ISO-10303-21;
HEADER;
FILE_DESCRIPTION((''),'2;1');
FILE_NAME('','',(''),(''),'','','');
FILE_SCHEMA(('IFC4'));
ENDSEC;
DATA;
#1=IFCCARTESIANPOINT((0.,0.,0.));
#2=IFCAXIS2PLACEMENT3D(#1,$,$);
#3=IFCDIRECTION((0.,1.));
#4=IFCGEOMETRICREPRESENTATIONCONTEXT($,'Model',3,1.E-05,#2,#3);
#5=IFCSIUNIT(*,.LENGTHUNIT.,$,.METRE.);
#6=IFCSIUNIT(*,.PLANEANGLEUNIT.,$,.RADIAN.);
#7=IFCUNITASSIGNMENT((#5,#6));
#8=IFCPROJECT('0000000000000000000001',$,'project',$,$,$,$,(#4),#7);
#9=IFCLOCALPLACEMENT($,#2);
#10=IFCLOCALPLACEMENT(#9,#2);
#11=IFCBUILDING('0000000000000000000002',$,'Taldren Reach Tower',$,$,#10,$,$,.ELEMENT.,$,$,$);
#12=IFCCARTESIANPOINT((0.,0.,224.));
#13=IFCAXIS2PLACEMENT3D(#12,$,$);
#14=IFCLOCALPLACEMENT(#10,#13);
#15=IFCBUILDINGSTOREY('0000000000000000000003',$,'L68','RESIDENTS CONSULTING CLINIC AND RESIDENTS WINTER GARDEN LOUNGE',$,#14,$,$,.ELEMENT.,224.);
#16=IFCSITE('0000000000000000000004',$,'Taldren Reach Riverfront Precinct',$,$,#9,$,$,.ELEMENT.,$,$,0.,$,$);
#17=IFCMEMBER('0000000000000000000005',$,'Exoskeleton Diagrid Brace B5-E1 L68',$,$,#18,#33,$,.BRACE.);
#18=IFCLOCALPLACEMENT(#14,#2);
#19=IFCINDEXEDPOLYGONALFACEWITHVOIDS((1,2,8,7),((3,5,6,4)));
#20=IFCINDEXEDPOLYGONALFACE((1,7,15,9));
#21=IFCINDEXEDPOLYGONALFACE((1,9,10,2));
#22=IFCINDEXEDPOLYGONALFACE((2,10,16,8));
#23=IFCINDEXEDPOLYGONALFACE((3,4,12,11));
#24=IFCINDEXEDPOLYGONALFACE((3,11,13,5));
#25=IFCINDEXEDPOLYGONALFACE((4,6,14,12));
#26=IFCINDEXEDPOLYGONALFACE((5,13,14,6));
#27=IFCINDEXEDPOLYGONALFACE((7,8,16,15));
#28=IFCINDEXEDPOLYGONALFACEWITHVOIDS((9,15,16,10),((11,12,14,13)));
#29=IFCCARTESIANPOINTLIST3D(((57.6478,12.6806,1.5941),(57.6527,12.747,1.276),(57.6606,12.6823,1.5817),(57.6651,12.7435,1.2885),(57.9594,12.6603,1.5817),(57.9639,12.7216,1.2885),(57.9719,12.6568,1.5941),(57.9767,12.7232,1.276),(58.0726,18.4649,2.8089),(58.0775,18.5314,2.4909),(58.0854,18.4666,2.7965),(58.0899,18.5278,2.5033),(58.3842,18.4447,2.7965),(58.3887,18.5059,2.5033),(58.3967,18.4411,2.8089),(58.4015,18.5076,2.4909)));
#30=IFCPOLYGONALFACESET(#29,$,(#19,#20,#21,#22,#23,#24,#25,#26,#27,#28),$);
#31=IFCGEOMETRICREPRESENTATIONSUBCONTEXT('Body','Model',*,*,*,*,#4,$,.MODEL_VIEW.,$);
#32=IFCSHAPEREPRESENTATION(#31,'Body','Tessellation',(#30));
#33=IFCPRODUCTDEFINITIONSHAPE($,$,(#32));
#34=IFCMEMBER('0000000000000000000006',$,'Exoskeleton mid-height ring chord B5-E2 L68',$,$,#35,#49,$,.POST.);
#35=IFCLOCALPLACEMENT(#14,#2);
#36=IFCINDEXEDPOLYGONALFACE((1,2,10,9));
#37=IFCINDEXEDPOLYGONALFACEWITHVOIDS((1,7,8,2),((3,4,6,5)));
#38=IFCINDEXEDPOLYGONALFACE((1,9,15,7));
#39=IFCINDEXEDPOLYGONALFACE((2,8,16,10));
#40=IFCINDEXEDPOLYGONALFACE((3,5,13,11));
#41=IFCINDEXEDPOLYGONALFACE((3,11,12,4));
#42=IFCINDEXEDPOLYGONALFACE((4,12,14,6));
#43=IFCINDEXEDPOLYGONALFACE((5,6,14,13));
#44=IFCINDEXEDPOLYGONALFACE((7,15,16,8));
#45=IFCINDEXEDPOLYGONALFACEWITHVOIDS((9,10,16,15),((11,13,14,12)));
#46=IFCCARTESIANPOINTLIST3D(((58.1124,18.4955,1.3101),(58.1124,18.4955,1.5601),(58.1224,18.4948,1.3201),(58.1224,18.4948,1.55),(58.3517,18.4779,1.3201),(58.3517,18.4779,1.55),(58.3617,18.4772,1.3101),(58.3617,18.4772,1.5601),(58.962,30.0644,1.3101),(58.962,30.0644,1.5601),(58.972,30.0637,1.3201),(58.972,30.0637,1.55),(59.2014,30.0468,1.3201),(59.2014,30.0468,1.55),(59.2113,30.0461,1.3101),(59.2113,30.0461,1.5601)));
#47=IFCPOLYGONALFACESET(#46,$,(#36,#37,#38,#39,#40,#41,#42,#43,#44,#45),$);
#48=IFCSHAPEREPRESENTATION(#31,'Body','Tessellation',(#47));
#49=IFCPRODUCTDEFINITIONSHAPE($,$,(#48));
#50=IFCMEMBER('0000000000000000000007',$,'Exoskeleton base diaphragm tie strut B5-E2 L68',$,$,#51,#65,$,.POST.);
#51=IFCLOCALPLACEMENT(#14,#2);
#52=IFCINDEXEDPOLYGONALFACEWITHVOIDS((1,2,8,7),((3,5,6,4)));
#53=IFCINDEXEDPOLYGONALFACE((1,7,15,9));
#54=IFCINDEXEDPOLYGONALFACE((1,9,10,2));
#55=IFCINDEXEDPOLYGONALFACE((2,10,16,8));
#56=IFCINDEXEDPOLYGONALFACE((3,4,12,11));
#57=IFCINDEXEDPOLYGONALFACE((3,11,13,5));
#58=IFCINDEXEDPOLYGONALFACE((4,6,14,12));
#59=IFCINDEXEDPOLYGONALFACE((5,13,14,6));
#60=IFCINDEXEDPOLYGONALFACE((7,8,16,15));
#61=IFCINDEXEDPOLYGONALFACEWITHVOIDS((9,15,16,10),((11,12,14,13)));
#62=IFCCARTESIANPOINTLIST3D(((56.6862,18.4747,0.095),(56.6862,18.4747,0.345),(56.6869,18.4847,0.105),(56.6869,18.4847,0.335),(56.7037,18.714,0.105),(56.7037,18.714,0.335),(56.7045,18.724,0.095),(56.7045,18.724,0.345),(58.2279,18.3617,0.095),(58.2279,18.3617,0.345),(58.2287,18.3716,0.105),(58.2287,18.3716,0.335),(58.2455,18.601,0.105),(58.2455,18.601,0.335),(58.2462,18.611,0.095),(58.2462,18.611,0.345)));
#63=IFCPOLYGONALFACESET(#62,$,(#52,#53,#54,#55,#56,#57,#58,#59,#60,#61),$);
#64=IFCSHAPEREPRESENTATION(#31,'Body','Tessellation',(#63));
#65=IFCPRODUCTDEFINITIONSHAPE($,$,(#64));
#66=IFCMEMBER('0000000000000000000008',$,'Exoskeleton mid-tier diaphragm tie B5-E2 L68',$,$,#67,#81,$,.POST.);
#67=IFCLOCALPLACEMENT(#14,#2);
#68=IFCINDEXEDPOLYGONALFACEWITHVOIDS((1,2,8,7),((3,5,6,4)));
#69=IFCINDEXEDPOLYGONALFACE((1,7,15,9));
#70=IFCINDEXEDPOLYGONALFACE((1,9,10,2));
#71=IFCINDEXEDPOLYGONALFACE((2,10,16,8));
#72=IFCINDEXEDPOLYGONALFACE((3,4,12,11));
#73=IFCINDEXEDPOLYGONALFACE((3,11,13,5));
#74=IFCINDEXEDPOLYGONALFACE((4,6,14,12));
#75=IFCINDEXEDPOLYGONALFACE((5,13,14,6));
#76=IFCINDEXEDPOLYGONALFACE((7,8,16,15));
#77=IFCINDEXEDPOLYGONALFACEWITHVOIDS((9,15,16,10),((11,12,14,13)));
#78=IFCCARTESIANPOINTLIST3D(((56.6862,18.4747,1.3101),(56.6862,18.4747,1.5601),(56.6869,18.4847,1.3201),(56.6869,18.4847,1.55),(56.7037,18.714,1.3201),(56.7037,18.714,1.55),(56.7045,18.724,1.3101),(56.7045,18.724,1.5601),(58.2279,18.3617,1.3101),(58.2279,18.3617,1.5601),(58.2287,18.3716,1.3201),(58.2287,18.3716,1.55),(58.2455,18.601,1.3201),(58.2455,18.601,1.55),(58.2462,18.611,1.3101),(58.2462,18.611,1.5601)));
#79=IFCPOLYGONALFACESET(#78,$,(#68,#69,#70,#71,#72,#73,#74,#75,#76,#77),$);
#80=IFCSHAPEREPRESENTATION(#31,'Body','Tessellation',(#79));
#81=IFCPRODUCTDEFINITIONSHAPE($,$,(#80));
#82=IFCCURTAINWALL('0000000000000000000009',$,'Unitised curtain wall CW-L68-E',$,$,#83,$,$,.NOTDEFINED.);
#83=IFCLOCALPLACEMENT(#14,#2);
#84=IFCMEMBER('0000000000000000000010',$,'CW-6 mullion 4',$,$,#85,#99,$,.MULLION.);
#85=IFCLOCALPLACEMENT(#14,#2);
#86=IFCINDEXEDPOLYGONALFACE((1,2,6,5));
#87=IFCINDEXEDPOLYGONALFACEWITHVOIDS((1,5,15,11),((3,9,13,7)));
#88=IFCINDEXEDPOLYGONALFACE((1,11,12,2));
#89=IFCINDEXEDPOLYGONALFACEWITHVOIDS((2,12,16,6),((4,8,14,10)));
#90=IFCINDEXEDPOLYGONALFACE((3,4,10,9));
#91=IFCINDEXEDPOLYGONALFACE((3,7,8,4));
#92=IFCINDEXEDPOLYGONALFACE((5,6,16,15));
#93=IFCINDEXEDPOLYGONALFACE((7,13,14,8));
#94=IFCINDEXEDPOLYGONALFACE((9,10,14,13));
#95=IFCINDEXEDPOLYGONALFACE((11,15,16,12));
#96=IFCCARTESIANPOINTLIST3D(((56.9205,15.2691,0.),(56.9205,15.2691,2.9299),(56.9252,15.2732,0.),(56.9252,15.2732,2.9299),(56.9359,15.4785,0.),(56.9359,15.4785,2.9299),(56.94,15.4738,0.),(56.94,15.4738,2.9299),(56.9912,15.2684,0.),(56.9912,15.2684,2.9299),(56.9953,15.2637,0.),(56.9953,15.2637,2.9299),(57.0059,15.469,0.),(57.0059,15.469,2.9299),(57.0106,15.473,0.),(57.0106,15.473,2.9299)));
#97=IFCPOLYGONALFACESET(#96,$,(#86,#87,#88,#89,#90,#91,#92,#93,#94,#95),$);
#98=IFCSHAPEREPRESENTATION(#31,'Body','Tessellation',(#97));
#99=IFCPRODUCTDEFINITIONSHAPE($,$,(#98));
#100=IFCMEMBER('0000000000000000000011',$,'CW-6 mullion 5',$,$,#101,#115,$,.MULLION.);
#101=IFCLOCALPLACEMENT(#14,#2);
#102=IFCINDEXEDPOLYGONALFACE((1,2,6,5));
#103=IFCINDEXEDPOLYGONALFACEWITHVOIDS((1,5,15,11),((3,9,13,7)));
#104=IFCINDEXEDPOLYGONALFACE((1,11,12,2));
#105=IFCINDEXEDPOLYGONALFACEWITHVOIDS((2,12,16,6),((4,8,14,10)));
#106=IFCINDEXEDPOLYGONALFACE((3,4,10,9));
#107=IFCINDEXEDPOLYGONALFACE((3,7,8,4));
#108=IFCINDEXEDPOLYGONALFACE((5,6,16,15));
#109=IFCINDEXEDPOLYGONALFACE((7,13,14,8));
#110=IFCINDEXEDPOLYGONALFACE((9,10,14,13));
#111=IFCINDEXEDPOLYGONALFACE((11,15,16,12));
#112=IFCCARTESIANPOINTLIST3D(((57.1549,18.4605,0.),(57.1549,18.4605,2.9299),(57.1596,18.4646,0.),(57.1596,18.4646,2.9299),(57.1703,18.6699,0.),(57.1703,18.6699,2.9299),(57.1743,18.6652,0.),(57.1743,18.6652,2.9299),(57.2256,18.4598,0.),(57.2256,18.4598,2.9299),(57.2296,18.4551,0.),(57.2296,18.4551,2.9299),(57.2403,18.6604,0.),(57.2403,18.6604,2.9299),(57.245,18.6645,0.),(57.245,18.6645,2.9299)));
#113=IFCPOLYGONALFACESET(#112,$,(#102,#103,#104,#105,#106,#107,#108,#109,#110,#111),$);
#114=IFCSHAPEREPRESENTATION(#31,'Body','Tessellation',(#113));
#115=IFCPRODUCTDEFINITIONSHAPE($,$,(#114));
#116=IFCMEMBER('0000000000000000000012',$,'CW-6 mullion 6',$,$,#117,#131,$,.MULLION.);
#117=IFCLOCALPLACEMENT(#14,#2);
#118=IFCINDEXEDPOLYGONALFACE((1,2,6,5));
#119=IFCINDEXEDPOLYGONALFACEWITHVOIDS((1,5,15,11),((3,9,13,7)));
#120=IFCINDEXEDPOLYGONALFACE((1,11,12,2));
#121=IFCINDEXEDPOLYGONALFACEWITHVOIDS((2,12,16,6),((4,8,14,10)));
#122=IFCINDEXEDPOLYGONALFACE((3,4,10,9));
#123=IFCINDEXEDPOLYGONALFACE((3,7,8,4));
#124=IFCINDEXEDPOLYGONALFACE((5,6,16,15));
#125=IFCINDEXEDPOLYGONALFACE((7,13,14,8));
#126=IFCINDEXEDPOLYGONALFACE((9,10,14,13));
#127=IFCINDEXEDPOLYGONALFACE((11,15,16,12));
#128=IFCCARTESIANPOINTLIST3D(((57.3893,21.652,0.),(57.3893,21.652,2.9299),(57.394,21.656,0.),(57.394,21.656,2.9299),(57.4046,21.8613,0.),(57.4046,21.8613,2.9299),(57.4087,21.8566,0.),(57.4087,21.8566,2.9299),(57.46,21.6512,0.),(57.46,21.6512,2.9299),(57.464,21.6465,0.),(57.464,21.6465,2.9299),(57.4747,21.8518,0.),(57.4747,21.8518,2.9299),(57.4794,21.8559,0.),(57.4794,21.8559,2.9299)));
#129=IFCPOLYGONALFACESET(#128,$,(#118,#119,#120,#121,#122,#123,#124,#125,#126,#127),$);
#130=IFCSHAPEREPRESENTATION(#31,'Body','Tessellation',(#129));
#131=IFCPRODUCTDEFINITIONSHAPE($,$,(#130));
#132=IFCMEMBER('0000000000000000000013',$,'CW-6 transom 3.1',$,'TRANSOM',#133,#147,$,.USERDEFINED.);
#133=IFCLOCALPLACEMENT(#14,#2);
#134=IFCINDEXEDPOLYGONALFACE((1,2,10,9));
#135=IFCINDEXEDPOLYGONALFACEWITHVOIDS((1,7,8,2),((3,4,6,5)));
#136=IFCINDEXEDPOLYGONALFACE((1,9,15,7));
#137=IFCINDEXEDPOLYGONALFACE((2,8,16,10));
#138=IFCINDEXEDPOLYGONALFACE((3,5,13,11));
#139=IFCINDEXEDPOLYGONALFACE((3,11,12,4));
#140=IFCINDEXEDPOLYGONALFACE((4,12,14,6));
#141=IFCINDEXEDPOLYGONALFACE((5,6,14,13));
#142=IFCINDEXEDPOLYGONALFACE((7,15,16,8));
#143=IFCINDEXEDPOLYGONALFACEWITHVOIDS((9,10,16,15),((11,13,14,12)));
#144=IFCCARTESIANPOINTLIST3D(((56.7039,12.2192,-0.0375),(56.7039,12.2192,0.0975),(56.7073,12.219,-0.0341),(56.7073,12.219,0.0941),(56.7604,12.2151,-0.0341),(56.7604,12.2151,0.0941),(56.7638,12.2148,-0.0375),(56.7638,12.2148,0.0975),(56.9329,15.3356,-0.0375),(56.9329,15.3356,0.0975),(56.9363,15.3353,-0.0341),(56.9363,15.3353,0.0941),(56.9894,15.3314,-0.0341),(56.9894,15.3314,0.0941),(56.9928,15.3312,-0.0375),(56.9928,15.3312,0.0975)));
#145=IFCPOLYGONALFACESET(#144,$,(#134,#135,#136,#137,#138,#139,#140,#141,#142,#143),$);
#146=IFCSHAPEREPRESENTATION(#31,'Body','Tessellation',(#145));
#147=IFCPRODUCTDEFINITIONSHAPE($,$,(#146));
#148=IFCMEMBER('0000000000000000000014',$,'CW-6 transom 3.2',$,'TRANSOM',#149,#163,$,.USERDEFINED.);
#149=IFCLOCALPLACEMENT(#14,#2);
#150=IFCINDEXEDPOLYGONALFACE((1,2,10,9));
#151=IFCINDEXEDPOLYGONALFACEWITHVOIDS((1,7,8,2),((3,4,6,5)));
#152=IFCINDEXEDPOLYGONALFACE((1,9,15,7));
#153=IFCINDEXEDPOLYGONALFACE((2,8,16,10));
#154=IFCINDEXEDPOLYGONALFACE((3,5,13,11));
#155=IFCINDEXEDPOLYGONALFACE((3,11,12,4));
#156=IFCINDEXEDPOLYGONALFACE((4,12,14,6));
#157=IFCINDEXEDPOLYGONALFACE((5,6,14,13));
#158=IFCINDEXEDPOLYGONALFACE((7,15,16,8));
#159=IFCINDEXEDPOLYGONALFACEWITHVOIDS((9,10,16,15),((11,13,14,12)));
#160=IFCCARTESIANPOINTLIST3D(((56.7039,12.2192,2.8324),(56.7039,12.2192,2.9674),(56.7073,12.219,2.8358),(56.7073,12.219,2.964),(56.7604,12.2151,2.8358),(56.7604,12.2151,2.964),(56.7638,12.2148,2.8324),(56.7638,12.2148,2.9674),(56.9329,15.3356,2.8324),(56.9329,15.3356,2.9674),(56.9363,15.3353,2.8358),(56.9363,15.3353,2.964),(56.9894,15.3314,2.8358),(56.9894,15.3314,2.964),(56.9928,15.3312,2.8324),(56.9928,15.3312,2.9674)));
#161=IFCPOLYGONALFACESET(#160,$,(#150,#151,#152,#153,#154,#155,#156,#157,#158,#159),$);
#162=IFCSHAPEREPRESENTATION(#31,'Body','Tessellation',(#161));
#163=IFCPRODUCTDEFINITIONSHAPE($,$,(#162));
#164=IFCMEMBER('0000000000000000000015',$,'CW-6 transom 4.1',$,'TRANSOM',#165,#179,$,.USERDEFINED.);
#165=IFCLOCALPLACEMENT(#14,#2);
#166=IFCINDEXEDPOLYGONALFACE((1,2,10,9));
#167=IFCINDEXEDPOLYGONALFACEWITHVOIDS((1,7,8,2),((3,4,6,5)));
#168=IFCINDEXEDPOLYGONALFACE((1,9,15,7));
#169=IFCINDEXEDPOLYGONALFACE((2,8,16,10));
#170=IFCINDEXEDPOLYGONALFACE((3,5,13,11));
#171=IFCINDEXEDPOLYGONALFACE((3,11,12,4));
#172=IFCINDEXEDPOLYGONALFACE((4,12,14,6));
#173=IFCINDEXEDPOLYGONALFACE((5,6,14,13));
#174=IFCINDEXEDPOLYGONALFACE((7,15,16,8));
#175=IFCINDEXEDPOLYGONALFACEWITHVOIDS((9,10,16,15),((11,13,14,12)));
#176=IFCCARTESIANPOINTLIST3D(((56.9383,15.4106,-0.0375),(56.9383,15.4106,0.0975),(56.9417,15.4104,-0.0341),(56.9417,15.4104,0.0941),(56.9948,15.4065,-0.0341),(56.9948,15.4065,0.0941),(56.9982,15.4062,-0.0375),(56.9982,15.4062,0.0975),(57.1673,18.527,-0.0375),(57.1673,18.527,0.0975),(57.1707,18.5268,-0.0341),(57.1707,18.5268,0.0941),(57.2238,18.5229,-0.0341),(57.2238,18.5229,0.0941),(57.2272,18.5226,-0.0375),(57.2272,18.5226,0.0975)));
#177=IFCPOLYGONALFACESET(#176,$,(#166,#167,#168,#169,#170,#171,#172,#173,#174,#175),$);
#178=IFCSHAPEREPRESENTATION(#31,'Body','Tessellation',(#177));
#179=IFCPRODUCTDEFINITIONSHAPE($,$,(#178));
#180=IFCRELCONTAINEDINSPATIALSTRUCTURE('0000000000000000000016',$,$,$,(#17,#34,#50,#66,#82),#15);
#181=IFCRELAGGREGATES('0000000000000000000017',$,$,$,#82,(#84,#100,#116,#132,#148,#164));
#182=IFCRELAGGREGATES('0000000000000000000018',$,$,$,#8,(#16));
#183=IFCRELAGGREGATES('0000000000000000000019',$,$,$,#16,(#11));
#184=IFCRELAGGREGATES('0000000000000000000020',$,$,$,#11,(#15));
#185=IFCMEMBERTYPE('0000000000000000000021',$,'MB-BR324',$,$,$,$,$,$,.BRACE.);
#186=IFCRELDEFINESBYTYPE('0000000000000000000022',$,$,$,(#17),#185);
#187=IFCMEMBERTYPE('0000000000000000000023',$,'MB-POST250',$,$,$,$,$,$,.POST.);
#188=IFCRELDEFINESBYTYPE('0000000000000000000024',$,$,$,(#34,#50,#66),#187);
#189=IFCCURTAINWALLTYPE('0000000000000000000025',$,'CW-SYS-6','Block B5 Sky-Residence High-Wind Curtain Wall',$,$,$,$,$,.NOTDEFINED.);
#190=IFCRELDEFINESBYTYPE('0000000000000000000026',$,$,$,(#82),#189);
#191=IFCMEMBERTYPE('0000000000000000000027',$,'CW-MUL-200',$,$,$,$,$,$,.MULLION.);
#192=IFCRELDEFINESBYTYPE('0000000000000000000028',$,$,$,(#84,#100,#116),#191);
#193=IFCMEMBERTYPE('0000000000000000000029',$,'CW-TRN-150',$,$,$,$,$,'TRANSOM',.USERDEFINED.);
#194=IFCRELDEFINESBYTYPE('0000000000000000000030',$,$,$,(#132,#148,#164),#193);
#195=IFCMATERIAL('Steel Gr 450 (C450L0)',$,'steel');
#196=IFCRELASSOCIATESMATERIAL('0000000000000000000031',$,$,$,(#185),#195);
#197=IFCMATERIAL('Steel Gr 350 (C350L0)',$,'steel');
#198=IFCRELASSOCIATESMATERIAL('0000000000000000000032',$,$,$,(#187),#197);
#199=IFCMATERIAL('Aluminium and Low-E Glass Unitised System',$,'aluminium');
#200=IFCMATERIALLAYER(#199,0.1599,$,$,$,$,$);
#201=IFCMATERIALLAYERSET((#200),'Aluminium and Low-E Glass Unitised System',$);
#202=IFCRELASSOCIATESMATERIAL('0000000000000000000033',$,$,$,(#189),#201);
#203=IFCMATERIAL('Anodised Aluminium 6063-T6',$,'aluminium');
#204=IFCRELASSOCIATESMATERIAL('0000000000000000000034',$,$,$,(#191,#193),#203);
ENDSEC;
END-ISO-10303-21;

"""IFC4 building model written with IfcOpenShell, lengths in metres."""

from ifc_helpers import new_model, si_unit, direction, frame, origin, origin_2d, place, context, subcontext, project, spatial, hollow_rectangle, extrude, source, transform, mapped, material, layer, layer_set, material_profile, profile_set, type_object, element, aggregate, save


model = new_model("IFC4")

# Units and contexts
model_context = context("Model", 3, precision=1e-05, world=origin(), true_north=direction((0.0, 1.0)))
body_context = subcontext(model_context, "Body", "Model", "MODEL_VIEW")
ifc_project = project(units=[si_unit("LENGTHUNIT", "METRE"), si_unit("PLANEANGLEUNIT", "RADIAN")], contexts=[model_context])

# Site, building, storey
site_placement = place(None, origin())
site = spatial("IfcSite", under=ifc_project, at=site_placement, Name="Taldren Reach Riverfront Precinct", CompositionType="ELEMENT", RefElevation=0.0)
building_placement = place(site_placement, origin())
building = spatial("IfcBuilding", under=site, at=building_placement, Name="Taldren Reach Tower", CompositionType="ELEMENT")
storey_placement = place(building_placement, frame((0.0, 0.0, 224.0)))
storey = spatial("IfcBuildingStorey", under=building, at=storey_placement, Name="L68", Description="RESIDENTS CONSULTING CLINIC AND RESIDENTS WINTER GARDEN LOUNGE", CompositionType="ELEMENT", Elevation=224.0)

# Shared definitions
ifc_material_1 = material(Name="Steel Gr 450 (C450L0)", Category="steel")

# Members
ifc_material_profile_1 = material_profile(ifc_material_1, hollow_rectangle(XDim=0.325, YDim=0.325, WallThickness=0.0127, at=origin_2d()), Name="325x325x12.7SHS")
ifc_profile_set_1 = profile_set([ifc_material_profile_1], Name="Steel Gr 450 (C450L0)")
member_type_1 = type_object("IfcMemberType", Name="MB-BR324", PredefinedType="BRACE", material=ifc_profile_set_1)
shared_shape_1 = source(origin(), body_context, "Body", "SweptSolid", [
    extrude(hollow_rectangle(XDim=0.325, YDim=0.325, WallThickness=0.0127, at=origin_2d()), origin(), (0.0, 0.0, 1.0), 5.9258),
])
member_1_placement = place(storey_placement, frame((57.8123, 12.7019, 1.4351), z_axis=(0.071687, 0.976132, 0.205007), x_axis=(-0.997314, 0.073242, 0.0)))
element("IfcMember", 1, at=member_1_placement, inside=storey, type_object=member_type_1, Name="Exoskeleton Diagrid Brace B5-E1 L68", PredefinedType="BRACE", context=body_context, shape_type="MappedRepresentation", body=[
    mapped(shared_shape_1, transform((0.0, 0.0, 0.0), scale=1.0)),
])
ifc_material_2 = material(Name="Steel Gr 350 (C350L0)", Category="steel")
ifc_material_profile_2 = material_profile(ifc_material_2, hollow_rectangle(XDim=0.25, YDim=0.25, WallThickness=0.01, at=origin_2d()), Name="250x250x10.0SHS")
ifc_profile_set_2 = profile_set([ifc_material_profile_2], Name="Steel Gr 350 (C350L0)")
member_type_2 = type_object("IfcMemberType", Name="MB-POST250", PredefinedType="POST", material=ifc_profile_set_2)
shared_shape_2 = source(origin(), body_context, "Body", "SweptSolid", [
    extrude(hollow_rectangle(XDim=0.25, YDim=0.25, WallThickness=0.01, at=origin_2d()), origin(), (0.0, 0.0, 1.0), 11.6001),
])
member_2_placement = place(storey_placement, frame((58.2371, 18.4863, 1.4351), z_axis=(0.073242, 0.997314, 0.0), x_axis=(-0.997314, 0.073242, 0.0)))
element("IfcMember", 2, at=member_2_placement, inside=storey, type_object=member_type_2, Name="Exoskeleton mid-height ring chord B5-E2 L68", PredefinedType="POST", context=body_context, shape_type="MappedRepresentation", body=[
    mapped(shared_shape_2, transform((0.0, 0.0, 0.0), scale=1.0)),
])
shared_shape_3 = source(origin(), body_context, "Body", "SweptSolid", [
    extrude(hollow_rectangle(XDim=0.25, YDim=0.25, WallThickness=0.01, at=origin_2d()), origin(), (0.0, 0.0, 1.0), 1.5459),
])
for number, where, z_axis, x_axis, name in (
    (3, (56.6953, 18.5994, 0.22), (0.997323, -0.073121, 0.0), (0.073121, 0.997323, 0.0), "Exoskeleton base diaphragm tie strut B5-E2 L68"),
    (4, (56.6953, 18.5994, 1.4351), (0.997323, -0.073121, 0.0), (0.073121, 0.997323, 0.0), "Exoskeleton mid-tier diaphragm tie B5-E2 L68"),
):
    element("IfcMember", number, at=place(storey_placement, frame(where, z_axis=z_axis, x_axis=x_axis)), inside=storey, type_object=member_type_2, Name=name, PredefinedType="POST", context=body_context, shape_type="MappedRepresentation", body=[
        mapped(shared_shape_3, transform((0.0, 0.0, 0.0), scale=1.0)),
    ])

# Curtain wall, members
ifc_material_3 = material(Name="Aluminium and Low-E Glass Unitised System", Category="aluminium")
ifc_layer_1 = layer(ifc_material_3, 0.1599)
ifc_layer_set_1 = layer_set([ifc_layer_1], Name="Aluminium and Low-E Glass Unitised System")
curtain_wall_type = type_object("IfcCurtainWallType", Name="CW-SYS-6", Description="Block B5 Sky-Residence High-Wind Curtain Wall", PredefinedType="NOTDEFINED", material=ifc_layer_set_1)
curtain_wall_placement = place(storey_placement, origin())
curtain_wall = element("IfcCurtainWall", 5, at=curtain_wall_placement, inside=storey, type_object=curtain_wall_type, Name="Unitised curtain wall CW-L68-E", PredefinedType="NOTDEFINED")
ifc_material_4 = material(Name="Anodised Aluminium 6063-T6", Category="aluminium")
ifc_material_profile_3 = material_profile(ifc_material_4, hollow_rectangle(XDim=0.075, YDim=0.21, WallThickness=0.0044, at=origin_2d()), Name="ALU-210x75x4.5RHS")
ifc_profile_set_3 = profile_set([ifc_material_profile_3], Name="Anodised Aluminium 6063-T6")
member_type_3 = type_object("IfcMemberType", Name="CW-MUL-200", PredefinedType="MULLION", material=ifc_profile_set_3)
shared_shape_4 = source(origin(), body_context, "Body", "SweptSolid", [
    extrude(hollow_rectangle(XDim=0.075, YDim=0.21, WallThickness=0.0044, at=origin_2d()), origin(), (0.0, 0.0, 1.0), 2.9299),
])
member_3_placement = place(storey_placement, frame((56.9656, 15.3711, 0.0), z_axis=(0.0, 0.0, 1.0), x_axis=(-0.997314, 0.073238, 0.0)))
member_3 = element("IfcMember", 6, at=member_3_placement, type_object=member_type_3, Name="CW-6 mullion 4", PredefinedType="MULLION", context=body_context, shape_type="MappedRepresentation", body=[
    mapped(shared_shape_4, transform((0.0, 0.0, 0.0), scale=1.0)),
])
member_4_placement = place(storey_placement, frame((57.2, 18.5625, 0.0), z_axis=(0.0, 0.0, 1.0), x_axis=(-0.997314, 0.073238, 0.0)))
member_4 = element("IfcMember", 7, at=member_4_placement, type_object=member_type_3, Name="CW-6 mullion 5", PredefinedType="MULLION", context=body_context, shape_type="MappedRepresentation", body=[
    mapped(shared_shape_4, transform((0.0, 0.0, 0.0), scale=1.0)),
])
member_5_placement = place(storey_placement, frame((57.4343, 21.7539, 0.0), z_axis=(0.0, 0.0, 1.0), x_axis=(-0.997314, 0.073238, 0.0)))
member_5 = element("IfcMember", 8, at=member_5_placement, type_object=member_type_3, Name="CW-6 mullion 6", PredefinedType="MULLION", context=body_context, shape_type="MappedRepresentation", body=[
    mapped(shared_shape_4, transform((0.0, 0.0, 0.0), scale=1.0)),
])
ifc_material_profile_4 = material_profile(ifc_material_4, hollow_rectangle(XDim=0.0601, YDim=0.135, WallThickness=0.0034, at=origin_2d()), Name="ALU-135x60x3.5RHS")
ifc_profile_set_4 = profile_set([ifc_material_profile_4], Name="Anodised Aluminium 6063-T6")
member_type_4 = type_object("IfcMemberType", Name="CW-TRN-150", ElementType="TRANSOM", PredefinedType="USERDEFINED", material=ifc_profile_set_4)
shared_shape_5 = source(origin(), body_context, "Body", "SweptSolid", [
    extrude(hollow_rectangle(XDim=0.0601, YDim=0.135, WallThickness=0.0034, at=origin_2d()), origin(), (0.0, 0.0, 1.0), 3.1248),
])
member_6_placement = place(storey_placement, frame((56.7339, 12.217, 0.03), z_axis=(0.073285, 0.997311, 0.0), x_axis=(-0.997311, 0.073285, 0.0)))
member_6 = element("IfcMember", 9, at=member_6_placement, type_object=member_type_4, Name="CW-6 transom 3.1", ObjectType="TRANSOM", PredefinedType="USERDEFINED", context=body_context, shape_type="MappedRepresentation", body=[
    mapped(shared_shape_5, transform((0.0, 0.0, 0.0), scale=1.0)),
])
member_7_placement = place(storey_placement, frame((56.7339, 12.217, 2.8999), z_axis=(0.073285, 0.997311, 0.0), x_axis=(-0.997311, 0.073285, 0.0)))
member_7 = element("IfcMember", 10, at=member_7_placement, type_object=member_type_4, Name="CW-6 transom 3.2", ObjectType="TRANSOM", PredefinedType="USERDEFINED", context=body_context, shape_type="MappedRepresentation", body=[
    mapped(shared_shape_5, transform((0.0, 0.0, 0.0), scale=1.0)),
])
member_8_placement = place(storey_placement, frame((56.9683, 15.4084, 0.03), z_axis=(0.073285, 0.997311, 0.0), x_axis=(-0.997311, 0.073285, 0.0)))
member_8 = element("IfcMember", 11, at=member_8_placement, type_object=member_type_4, Name="CW-6 transom 4.1", ObjectType="TRANSOM", PredefinedType="USERDEFINED", context=body_context, shape_type="MappedRepresentation", body=[
    mapped(shared_shape_5, transform((0.0, 0.0, 0.0), scale=1.0)),
])

aggregate(curtain_wall, [member_3, member_4, member_5, member_6, member_7, member_8])

save(model, "model.ifc")
